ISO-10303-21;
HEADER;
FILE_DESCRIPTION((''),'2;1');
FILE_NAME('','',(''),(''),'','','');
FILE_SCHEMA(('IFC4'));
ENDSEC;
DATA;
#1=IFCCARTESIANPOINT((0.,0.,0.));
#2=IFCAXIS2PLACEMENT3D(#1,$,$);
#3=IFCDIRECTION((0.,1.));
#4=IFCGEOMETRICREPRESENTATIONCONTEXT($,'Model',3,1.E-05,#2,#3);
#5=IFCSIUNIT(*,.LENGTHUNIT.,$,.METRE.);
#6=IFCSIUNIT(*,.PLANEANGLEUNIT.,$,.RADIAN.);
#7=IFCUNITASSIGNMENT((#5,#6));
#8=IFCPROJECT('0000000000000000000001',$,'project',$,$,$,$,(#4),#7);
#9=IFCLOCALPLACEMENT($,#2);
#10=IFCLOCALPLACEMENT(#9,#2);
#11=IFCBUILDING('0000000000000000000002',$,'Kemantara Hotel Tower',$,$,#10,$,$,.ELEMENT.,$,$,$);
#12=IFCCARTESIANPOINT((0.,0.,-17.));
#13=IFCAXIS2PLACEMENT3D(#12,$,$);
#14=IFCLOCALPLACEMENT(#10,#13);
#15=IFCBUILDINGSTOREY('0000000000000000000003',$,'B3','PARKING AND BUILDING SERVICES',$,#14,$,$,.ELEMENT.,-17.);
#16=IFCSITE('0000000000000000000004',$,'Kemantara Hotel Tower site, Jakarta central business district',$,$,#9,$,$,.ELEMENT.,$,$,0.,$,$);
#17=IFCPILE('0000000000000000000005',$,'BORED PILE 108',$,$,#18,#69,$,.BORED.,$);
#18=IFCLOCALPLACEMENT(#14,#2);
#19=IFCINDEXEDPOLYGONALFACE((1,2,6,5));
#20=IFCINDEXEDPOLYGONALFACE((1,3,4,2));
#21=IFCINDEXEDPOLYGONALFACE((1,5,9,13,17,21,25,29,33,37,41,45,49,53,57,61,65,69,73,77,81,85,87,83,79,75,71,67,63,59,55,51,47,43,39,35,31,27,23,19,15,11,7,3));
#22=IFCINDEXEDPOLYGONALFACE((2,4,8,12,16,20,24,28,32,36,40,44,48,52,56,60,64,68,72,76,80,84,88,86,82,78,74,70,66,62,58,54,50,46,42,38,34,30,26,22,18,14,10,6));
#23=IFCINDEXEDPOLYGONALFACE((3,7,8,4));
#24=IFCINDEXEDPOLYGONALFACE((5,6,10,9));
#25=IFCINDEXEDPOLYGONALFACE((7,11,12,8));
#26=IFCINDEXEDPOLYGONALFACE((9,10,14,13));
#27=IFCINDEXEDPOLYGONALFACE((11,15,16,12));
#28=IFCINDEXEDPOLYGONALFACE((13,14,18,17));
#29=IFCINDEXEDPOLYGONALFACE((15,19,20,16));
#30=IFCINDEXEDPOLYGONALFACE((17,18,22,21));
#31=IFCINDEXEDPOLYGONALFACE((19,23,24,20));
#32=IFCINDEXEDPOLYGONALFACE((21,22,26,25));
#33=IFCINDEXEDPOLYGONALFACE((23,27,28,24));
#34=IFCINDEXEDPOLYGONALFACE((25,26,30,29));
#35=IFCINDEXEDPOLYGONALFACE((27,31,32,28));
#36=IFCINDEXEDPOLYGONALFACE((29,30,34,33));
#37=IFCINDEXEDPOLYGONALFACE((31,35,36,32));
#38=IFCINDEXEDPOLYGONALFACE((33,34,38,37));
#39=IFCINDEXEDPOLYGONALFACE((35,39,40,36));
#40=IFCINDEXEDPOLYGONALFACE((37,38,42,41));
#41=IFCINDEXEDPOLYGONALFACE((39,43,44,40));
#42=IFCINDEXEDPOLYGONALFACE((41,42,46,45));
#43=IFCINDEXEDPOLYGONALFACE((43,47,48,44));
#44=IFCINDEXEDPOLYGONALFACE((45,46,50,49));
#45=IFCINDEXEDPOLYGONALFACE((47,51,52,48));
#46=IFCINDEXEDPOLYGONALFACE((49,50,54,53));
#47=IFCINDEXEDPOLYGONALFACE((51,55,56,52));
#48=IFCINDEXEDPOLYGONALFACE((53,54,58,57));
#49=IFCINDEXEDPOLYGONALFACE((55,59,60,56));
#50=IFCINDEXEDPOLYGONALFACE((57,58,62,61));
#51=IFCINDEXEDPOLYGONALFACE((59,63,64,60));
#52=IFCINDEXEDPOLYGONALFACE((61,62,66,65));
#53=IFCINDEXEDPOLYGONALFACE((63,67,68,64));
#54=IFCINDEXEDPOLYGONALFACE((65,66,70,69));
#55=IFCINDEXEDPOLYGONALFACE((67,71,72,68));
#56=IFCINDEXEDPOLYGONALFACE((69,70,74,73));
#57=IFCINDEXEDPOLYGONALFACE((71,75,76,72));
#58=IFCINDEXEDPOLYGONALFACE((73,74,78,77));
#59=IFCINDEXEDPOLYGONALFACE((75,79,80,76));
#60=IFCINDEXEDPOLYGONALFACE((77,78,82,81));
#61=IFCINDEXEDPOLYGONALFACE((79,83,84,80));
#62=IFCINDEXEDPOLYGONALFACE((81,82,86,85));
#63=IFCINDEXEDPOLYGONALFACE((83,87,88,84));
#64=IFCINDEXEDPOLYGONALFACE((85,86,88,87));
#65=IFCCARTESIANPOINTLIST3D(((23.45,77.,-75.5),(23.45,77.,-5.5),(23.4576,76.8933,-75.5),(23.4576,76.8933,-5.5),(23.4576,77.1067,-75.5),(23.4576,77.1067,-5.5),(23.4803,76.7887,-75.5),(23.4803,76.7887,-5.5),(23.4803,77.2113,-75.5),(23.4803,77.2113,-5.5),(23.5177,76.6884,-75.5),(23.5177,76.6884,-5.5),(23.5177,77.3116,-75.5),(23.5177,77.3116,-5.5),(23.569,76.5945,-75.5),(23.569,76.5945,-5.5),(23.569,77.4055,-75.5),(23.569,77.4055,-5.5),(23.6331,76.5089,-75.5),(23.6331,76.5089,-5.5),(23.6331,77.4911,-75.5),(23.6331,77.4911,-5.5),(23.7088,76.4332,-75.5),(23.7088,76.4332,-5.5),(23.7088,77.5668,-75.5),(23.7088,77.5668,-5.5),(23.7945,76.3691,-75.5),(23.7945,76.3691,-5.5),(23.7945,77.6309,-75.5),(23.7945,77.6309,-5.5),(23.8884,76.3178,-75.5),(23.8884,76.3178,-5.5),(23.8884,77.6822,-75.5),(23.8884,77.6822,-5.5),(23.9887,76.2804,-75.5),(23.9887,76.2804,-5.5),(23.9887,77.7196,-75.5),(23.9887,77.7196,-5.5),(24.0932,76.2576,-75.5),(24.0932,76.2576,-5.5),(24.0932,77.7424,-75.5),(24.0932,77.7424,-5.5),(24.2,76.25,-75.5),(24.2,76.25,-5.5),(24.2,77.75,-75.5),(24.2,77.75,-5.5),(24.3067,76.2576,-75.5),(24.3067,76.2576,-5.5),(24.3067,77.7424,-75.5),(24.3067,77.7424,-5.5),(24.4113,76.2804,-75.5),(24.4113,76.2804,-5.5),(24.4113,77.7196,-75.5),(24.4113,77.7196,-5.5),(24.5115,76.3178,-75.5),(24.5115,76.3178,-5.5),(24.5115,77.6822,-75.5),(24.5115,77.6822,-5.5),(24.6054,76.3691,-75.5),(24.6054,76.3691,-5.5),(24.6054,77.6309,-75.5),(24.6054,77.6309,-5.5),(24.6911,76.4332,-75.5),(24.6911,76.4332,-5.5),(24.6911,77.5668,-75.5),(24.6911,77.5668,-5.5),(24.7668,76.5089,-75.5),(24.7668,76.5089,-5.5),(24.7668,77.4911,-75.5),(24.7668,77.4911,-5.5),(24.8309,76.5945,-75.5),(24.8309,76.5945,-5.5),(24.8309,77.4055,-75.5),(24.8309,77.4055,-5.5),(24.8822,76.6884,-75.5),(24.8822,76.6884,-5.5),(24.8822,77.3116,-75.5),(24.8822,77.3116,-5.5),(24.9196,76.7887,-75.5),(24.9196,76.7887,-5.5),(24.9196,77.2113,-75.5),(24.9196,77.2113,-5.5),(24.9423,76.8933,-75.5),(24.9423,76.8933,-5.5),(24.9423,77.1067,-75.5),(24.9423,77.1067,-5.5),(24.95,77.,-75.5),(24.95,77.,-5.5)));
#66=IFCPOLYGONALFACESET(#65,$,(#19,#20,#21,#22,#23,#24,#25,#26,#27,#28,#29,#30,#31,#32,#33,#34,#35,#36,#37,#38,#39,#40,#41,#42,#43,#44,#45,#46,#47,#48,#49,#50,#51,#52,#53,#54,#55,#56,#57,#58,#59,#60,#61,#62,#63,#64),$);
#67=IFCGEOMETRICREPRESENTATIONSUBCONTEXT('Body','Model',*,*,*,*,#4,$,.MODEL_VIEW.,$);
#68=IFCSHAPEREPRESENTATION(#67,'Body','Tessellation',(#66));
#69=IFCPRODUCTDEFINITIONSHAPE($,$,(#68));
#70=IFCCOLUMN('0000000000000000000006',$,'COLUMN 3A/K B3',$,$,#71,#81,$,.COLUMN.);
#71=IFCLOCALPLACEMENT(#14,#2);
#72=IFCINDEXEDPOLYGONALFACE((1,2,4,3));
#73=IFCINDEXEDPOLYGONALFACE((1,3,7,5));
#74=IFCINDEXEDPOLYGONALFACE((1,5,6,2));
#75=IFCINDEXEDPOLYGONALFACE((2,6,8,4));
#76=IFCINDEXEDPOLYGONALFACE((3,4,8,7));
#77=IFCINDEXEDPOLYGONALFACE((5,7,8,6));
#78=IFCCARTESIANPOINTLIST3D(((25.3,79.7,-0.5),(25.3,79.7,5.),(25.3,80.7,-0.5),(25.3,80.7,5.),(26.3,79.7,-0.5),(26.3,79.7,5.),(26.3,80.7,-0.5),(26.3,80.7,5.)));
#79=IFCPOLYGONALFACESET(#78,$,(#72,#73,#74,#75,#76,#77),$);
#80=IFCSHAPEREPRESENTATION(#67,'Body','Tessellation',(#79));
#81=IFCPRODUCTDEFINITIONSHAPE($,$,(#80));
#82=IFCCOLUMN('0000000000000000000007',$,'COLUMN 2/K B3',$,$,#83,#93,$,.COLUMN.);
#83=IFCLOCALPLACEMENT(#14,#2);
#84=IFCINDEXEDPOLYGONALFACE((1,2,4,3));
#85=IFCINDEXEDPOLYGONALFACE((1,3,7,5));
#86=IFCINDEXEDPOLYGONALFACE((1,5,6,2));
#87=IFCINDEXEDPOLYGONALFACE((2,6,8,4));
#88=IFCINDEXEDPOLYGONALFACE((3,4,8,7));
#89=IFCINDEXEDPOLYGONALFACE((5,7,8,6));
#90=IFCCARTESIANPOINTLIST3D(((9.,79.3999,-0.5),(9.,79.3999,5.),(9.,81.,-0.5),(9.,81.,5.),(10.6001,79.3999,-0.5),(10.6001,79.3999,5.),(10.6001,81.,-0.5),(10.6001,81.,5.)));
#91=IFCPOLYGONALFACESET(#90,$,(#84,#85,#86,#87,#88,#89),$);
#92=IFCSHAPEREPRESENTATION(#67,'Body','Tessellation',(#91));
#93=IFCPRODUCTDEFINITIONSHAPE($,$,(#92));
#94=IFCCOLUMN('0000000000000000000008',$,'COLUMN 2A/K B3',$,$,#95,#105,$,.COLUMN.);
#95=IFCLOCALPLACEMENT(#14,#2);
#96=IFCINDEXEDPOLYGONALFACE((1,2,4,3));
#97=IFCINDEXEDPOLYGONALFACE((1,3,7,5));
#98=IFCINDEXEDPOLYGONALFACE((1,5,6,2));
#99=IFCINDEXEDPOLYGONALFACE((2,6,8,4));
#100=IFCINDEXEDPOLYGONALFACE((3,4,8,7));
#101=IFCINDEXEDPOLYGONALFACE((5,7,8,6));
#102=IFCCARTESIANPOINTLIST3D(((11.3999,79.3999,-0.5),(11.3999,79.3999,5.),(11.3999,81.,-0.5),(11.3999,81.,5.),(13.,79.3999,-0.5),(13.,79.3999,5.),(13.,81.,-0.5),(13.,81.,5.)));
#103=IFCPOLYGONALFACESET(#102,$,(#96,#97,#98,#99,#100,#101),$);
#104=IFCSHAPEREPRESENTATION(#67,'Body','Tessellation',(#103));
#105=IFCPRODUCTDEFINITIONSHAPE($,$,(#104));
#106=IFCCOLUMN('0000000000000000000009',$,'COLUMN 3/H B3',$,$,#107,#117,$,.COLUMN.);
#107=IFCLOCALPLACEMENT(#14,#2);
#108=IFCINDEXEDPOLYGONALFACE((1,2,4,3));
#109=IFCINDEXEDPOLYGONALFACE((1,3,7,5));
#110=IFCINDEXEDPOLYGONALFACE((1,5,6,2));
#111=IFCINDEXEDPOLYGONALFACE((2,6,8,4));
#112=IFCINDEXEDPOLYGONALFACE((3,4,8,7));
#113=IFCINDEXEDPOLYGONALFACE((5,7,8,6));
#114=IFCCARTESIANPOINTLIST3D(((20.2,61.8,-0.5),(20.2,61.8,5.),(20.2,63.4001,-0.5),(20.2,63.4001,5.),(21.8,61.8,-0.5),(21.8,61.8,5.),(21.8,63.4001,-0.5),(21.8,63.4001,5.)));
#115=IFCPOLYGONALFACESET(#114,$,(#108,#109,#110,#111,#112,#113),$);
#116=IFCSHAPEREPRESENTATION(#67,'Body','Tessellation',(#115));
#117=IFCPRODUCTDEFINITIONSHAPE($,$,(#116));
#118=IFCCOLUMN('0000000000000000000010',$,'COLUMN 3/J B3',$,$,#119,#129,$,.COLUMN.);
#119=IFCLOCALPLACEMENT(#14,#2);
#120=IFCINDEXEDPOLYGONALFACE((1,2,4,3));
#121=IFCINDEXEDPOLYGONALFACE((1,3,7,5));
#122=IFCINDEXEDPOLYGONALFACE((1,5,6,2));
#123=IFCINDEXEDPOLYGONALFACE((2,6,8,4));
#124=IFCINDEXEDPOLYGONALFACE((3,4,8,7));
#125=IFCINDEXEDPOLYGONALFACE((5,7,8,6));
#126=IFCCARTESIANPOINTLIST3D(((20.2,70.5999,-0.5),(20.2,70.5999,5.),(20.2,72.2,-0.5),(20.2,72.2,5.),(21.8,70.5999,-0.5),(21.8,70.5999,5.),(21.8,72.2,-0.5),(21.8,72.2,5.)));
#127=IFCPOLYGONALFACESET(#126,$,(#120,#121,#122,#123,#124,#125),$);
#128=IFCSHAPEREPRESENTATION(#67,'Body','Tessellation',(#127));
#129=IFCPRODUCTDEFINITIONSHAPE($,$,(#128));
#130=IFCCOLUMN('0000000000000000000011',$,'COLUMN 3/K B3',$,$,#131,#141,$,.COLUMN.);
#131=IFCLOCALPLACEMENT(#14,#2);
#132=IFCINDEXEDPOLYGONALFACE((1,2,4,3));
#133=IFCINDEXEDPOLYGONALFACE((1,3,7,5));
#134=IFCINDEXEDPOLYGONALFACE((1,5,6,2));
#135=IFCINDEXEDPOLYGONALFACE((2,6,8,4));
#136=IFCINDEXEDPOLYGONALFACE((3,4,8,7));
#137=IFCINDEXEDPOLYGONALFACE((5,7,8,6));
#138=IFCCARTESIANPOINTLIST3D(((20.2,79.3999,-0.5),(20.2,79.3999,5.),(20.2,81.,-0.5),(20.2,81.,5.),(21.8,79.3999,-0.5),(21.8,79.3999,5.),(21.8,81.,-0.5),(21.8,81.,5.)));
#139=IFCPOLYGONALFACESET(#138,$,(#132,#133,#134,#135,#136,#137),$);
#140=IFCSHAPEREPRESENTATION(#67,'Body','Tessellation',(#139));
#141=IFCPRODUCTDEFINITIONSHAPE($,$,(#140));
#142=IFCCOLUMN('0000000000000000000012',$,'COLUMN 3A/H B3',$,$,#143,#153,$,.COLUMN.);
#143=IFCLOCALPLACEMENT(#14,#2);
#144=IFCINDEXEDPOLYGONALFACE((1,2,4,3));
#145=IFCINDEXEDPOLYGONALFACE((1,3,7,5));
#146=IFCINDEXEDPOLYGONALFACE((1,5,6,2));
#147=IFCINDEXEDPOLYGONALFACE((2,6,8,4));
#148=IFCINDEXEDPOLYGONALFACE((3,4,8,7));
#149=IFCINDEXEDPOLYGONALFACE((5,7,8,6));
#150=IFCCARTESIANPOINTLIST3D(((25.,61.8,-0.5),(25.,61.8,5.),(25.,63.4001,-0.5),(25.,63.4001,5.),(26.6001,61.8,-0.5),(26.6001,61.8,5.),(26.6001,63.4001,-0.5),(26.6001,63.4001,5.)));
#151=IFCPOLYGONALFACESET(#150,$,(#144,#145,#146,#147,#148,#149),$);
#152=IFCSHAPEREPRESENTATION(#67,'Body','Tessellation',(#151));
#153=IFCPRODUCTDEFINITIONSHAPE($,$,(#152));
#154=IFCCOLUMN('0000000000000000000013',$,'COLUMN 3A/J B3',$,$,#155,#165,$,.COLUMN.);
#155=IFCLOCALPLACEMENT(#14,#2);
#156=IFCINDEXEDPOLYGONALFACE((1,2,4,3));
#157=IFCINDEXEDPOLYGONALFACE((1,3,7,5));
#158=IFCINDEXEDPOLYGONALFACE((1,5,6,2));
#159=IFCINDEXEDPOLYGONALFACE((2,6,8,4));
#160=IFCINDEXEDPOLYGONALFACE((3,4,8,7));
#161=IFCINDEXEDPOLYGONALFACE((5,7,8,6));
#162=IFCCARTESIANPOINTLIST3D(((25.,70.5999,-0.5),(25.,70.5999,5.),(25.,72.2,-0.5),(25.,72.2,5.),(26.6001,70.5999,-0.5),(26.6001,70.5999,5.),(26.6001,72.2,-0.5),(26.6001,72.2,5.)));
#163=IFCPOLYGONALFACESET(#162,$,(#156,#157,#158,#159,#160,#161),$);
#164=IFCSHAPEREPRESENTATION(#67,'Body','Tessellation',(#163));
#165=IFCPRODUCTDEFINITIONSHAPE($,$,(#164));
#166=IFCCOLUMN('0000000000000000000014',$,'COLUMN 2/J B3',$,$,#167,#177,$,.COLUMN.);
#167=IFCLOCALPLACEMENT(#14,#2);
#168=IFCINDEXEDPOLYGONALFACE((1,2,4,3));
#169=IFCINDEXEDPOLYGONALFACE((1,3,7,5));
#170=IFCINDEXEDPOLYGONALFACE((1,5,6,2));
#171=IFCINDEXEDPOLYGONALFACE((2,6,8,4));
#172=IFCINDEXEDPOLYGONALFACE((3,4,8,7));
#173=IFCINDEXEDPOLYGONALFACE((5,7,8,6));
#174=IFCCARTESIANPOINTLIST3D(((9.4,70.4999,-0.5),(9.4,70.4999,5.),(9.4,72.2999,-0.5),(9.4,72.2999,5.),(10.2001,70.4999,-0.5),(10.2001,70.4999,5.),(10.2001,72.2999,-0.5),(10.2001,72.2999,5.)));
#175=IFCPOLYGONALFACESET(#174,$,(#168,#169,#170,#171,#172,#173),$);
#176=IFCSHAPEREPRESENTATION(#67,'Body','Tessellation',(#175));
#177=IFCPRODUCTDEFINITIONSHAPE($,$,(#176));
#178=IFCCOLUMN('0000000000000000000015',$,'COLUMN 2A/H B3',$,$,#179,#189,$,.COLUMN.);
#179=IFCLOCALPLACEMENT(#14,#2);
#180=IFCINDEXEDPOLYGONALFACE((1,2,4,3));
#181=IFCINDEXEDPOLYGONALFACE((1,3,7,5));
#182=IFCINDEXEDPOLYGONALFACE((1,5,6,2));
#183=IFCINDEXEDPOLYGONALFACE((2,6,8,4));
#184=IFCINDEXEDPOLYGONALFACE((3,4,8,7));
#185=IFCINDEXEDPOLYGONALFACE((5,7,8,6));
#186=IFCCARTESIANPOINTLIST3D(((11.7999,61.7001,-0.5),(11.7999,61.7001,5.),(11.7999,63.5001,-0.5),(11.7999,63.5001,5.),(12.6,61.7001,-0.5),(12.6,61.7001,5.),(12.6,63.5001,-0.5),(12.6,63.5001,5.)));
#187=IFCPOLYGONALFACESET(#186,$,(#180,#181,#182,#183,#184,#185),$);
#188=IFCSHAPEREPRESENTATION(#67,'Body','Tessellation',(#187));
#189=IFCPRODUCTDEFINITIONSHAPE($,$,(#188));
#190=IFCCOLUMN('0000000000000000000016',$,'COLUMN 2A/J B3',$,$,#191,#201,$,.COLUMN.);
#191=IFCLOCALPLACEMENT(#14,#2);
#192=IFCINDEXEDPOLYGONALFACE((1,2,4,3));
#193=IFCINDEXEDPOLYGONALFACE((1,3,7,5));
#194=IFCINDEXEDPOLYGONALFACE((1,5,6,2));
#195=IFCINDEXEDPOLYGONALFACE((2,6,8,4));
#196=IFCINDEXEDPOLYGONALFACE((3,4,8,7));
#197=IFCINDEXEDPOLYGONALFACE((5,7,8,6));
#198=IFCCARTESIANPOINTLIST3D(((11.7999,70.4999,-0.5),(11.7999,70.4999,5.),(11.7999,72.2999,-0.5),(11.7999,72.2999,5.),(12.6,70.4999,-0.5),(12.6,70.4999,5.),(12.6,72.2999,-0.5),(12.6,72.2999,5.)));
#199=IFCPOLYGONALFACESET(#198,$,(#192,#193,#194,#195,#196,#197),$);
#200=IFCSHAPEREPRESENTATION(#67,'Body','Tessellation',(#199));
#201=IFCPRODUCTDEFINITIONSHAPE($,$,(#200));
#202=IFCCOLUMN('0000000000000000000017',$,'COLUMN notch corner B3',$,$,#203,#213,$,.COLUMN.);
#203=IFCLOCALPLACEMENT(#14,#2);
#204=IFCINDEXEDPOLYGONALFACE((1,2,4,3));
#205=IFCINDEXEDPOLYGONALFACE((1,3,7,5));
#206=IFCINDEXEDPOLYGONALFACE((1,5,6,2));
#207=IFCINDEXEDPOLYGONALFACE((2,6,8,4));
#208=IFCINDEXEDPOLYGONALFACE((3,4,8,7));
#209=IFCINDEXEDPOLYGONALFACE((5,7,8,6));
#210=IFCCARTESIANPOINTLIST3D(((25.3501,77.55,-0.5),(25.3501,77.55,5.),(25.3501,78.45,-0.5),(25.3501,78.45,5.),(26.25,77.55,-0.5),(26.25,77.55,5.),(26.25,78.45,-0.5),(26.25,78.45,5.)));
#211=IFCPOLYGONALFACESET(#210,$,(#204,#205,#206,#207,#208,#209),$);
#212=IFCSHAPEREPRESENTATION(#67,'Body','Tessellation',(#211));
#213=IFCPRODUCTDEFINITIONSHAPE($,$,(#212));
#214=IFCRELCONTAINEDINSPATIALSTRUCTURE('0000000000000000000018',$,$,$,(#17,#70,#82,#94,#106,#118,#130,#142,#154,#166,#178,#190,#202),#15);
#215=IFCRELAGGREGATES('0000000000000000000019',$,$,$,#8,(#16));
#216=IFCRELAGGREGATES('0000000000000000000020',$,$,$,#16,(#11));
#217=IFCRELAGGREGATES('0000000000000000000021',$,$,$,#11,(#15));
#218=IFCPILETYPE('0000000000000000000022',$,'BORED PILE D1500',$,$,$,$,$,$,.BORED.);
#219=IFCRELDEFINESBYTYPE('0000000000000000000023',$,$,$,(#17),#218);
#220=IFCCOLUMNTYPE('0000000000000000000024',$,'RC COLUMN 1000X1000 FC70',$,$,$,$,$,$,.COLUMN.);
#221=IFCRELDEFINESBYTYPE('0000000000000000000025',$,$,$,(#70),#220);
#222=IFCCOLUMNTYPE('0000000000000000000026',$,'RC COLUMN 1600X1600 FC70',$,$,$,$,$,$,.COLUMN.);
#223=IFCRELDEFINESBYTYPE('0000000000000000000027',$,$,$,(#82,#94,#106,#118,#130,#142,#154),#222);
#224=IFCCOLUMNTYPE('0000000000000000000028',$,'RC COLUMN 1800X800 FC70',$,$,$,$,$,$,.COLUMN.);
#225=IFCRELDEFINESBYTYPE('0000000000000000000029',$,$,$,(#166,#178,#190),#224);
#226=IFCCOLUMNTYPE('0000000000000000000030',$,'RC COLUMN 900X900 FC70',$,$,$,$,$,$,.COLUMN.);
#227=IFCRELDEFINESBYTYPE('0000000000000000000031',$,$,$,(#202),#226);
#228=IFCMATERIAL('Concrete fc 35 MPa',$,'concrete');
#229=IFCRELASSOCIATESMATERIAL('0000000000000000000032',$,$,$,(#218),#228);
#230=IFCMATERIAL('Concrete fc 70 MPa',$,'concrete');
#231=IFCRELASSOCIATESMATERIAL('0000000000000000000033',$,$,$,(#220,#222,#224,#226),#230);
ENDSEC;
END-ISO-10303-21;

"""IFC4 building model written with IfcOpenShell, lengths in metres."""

from ifc_helpers import new_model, si_unit, direction, frame, origin, origin_2d, place, context, subcontext, project, spatial, rectangle, circle, extrude, material, material_profile, profile_set, type_object, element, save


model = new_model("IFC4")

# Units and contexts
model_context = context("Model", 3, precision=1e-05, world=origin(), true_north=direction((0.0, 1.0)))
body_context = subcontext(model_context, "Body", "Model", "MODEL_VIEW")
ifc_project = project(units=[si_unit("LENGTHUNIT", "METRE"), si_unit("PLANEANGLEUNIT", "RADIAN")], contexts=[model_context])

# Site, building, storey
site_placement = place(None, origin())
site = spatial("IfcSite", under=ifc_project, at=site_placement, Name="Kemantara Hotel Tower site, Jakarta central business district", CompositionType="ELEMENT", RefElevation=0.0)
building_placement = place(site_placement, origin())
building = spatial("IfcBuilding", under=site, at=building_placement, Name="Kemantara Hotel Tower", CompositionType="ELEMENT")
storey_placement = place(building_placement, frame((0.0, 0.0, -17.0)))
storey = spatial("IfcBuildingStorey", under=building, at=storey_placement, Name="B3", Description="PARKING AND BUILDING SERVICES", CompositionType="ELEMENT", Elevation=-17.0)

# Pile
ifc_material_1 = material(Name="Concrete fc 35 MPa", Category="concrete")
ifc_material_profile_1 = material_profile(ifc_material_1, circle(Radius=0.75, at=origin_2d()), Name="BORED PILE D1500")
ifc_profile_set_1 = profile_set([ifc_material_profile_1], Name="Concrete fc 35 MPa")
pile_type = type_object("IfcPileType", Name="BORED PILE D1500", PredefinedType="BORED", material=ifc_profile_set_1)
for number, where, z_axis, x_axis, name in (
    (1, (24.2, 77.0, -5.5), (0.0, 0.0, -1.0), (1.0, 0.0, 0.0), "BORED PILE 108"),
):
    element("IfcPile", number, at=place(storey_placement, frame(where, z_axis=z_axis, x_axis=x_axis)), inside=storey, type_object=pile_type, Name=name, PredefinedType="BORED", context=body_context, shape_type="SweptSolid", body=[
        extrude(circle(Radius=0.75, at=origin_2d()), origin(), (0.0, 0.0, 1.0), 70.0),
    ])

# Columns
ifc_material_2 = material(Name="Concrete fc 70 MPa", Category="concrete")
ifc_material_profile_2 = material_profile(ifc_material_2, rectangle(XDim=1.0, YDim=1.0, at=origin_2d()), Name="RC 1000X1000")
ifc_profile_set_2 = profile_set([ifc_material_profile_2], Name="Concrete fc 70 MPa")
column_type_1 = type_object("IfcColumnType", Name="RC COLUMN 1000X1000 FC70", PredefinedType="COLUMN", material=ifc_profile_set_2)
column_1_placement = place(storey_placement, frame((25.8, 80.2, -0.5), z_axis=(0.0, 0.0, 1.0), x_axis=(1.0, 0.0, 0.0)))
element("IfcColumn", 2, at=column_1_placement, inside=storey, type_object=column_type_1, Name="COLUMN 3A/K B3", PredefinedType="COLUMN", context=body_context, shape_type="SweptSolid", body=[
    extrude(rectangle(XDim=1.0, YDim=1.0, at=origin_2d()), origin(), (0.0, 0.0, 1.0), 5.5),
])
ifc_material_profile_3 = material_profile(ifc_material_2, rectangle(XDim=1.6001, YDim=1.6001, at=origin_2d()), Name="RC 1600X1600")
ifc_profile_set_3 = profile_set([ifc_material_profile_3], Name="Concrete fc 70 MPa")
column_type_2 = type_object("IfcColumnType", Name="RC COLUMN 1600X1600 FC70", PredefinedType="COLUMN", material=ifc_profile_set_3)
for number, where, z_axis, x_axis, name in (
    (3, (9.8, 80.2, -0.5), (0.0, 0.0, 1.0), (1.0, 0.0, 0.0), "COLUMN 2/K B3"),
    (4, (12.2, 80.2, -0.5), (0.0, 0.0, 1.0), (1.0, 0.0, 0.0), "COLUMN 2A/K B3"),
    (5, (21.0, 62.6001, -0.5), (0.0, 0.0, 1.0), (1.0, 0.0, 0.0), "COLUMN 3/H B3"),
    (6, (21.0, 71.3999, -0.5), (0.0, 0.0, 1.0), (1.0, 0.0, 0.0), "COLUMN 3/J B3"),
    (7, (21.0, 80.2, -0.5), (0.0, 0.0, 1.0), (1.0, 0.0, 0.0), "COLUMN 3/K B3"),
    (8, (25.8, 62.6001, -0.5), (0.0, 0.0, 1.0), (1.0, 0.0, 0.0), "COLUMN 3A/H B3"),
    (9, (25.8, 71.3999, -0.5), (0.0, 0.0, 1.0), (1.0, 0.0, 0.0), "COLUMN 3A/J B3"),
):
    element("IfcColumn", number, at=place(storey_placement, frame(where, z_axis=z_axis, x_axis=x_axis)), inside=storey, type_object=column_type_2, Name=name, PredefinedType="COLUMN", context=body_context, shape_type="SweptSolid", body=[
        extrude(rectangle(XDim=1.6001, YDim=1.6001, at=origin_2d()), origin(), (0.0, 0.0, 1.0), 5.5),
    ])
ifc_material_profile_4 = material_profile(ifc_material_2, rectangle(XDim=1.8, YDim=0.8, at=origin_2d()), Name="RC 1800X800")
ifc_profile_set_4 = profile_set([ifc_material_profile_4], Name="Concrete fc 70 MPa")
column_type_3 = type_object("IfcColumnType", Name="RC COLUMN 1800X800 FC70", PredefinedType="COLUMN", material=ifc_profile_set_4)
for number, where, z_axis, x_axis, name in (
    (10, (9.8, 71.3999, -0.5), (0.0, 0.0, 1.0), (0.0, 1.0, 0.0), "COLUMN 2/J B3"),
    (11, (12.2, 62.6001, -0.5), (0.0, 0.0, 1.0), (0.0, 1.0, 0.0), "COLUMN 2A/H B3"),
    (12, (12.2, 71.3999, -0.5), (0.0, 0.0, 1.0), (0.0, 1.0, 0.0), "COLUMN 2A/J B3"),
):
    element("IfcColumn", number, at=place(storey_placement, frame(where, z_axis=z_axis, x_axis=x_axis)), inside=storey, type_object=column_type_3, Name=name, PredefinedType="COLUMN", context=body_context, shape_type="SweptSolid", body=[
        extrude(rectangle(XDim=1.8, YDim=0.8, at=origin_2d()), origin(), (0.0, 0.0, 1.0), 5.5),
    ])
ifc_material_profile_5 = material_profile(ifc_material_2, rectangle(XDim=0.8999, YDim=0.8999, at=origin_2d()), Name="RC 900X900")
ifc_profile_set_5 = profile_set([ifc_material_profile_5], Name="Concrete fc 70 MPa")
column_type_4 = type_object("IfcColumnType", Name="RC COLUMN 900X900 FC70", PredefinedType="COLUMN", material=ifc_profile_set_5)
column_2_placement = place(storey_placement, frame((25.8, 78.0, -0.5), z_axis=(0.0, 0.0, 1.0), x_axis=(1.0, 0.0, 0.0)))
element("IfcColumn", 13, at=column_2_placement, inside=storey, type_object=column_type_4, Name="COLUMN notch corner B3", PredefinedType="COLUMN", context=body_context, shape_type="SweptSolid", body=[
    extrude(rectangle(XDim=0.8999, YDim=0.8999, at=origin_2d()), origin(), (0.0, 0.0, 1.0), 5.5),
])

save(model, "model.ifc")
